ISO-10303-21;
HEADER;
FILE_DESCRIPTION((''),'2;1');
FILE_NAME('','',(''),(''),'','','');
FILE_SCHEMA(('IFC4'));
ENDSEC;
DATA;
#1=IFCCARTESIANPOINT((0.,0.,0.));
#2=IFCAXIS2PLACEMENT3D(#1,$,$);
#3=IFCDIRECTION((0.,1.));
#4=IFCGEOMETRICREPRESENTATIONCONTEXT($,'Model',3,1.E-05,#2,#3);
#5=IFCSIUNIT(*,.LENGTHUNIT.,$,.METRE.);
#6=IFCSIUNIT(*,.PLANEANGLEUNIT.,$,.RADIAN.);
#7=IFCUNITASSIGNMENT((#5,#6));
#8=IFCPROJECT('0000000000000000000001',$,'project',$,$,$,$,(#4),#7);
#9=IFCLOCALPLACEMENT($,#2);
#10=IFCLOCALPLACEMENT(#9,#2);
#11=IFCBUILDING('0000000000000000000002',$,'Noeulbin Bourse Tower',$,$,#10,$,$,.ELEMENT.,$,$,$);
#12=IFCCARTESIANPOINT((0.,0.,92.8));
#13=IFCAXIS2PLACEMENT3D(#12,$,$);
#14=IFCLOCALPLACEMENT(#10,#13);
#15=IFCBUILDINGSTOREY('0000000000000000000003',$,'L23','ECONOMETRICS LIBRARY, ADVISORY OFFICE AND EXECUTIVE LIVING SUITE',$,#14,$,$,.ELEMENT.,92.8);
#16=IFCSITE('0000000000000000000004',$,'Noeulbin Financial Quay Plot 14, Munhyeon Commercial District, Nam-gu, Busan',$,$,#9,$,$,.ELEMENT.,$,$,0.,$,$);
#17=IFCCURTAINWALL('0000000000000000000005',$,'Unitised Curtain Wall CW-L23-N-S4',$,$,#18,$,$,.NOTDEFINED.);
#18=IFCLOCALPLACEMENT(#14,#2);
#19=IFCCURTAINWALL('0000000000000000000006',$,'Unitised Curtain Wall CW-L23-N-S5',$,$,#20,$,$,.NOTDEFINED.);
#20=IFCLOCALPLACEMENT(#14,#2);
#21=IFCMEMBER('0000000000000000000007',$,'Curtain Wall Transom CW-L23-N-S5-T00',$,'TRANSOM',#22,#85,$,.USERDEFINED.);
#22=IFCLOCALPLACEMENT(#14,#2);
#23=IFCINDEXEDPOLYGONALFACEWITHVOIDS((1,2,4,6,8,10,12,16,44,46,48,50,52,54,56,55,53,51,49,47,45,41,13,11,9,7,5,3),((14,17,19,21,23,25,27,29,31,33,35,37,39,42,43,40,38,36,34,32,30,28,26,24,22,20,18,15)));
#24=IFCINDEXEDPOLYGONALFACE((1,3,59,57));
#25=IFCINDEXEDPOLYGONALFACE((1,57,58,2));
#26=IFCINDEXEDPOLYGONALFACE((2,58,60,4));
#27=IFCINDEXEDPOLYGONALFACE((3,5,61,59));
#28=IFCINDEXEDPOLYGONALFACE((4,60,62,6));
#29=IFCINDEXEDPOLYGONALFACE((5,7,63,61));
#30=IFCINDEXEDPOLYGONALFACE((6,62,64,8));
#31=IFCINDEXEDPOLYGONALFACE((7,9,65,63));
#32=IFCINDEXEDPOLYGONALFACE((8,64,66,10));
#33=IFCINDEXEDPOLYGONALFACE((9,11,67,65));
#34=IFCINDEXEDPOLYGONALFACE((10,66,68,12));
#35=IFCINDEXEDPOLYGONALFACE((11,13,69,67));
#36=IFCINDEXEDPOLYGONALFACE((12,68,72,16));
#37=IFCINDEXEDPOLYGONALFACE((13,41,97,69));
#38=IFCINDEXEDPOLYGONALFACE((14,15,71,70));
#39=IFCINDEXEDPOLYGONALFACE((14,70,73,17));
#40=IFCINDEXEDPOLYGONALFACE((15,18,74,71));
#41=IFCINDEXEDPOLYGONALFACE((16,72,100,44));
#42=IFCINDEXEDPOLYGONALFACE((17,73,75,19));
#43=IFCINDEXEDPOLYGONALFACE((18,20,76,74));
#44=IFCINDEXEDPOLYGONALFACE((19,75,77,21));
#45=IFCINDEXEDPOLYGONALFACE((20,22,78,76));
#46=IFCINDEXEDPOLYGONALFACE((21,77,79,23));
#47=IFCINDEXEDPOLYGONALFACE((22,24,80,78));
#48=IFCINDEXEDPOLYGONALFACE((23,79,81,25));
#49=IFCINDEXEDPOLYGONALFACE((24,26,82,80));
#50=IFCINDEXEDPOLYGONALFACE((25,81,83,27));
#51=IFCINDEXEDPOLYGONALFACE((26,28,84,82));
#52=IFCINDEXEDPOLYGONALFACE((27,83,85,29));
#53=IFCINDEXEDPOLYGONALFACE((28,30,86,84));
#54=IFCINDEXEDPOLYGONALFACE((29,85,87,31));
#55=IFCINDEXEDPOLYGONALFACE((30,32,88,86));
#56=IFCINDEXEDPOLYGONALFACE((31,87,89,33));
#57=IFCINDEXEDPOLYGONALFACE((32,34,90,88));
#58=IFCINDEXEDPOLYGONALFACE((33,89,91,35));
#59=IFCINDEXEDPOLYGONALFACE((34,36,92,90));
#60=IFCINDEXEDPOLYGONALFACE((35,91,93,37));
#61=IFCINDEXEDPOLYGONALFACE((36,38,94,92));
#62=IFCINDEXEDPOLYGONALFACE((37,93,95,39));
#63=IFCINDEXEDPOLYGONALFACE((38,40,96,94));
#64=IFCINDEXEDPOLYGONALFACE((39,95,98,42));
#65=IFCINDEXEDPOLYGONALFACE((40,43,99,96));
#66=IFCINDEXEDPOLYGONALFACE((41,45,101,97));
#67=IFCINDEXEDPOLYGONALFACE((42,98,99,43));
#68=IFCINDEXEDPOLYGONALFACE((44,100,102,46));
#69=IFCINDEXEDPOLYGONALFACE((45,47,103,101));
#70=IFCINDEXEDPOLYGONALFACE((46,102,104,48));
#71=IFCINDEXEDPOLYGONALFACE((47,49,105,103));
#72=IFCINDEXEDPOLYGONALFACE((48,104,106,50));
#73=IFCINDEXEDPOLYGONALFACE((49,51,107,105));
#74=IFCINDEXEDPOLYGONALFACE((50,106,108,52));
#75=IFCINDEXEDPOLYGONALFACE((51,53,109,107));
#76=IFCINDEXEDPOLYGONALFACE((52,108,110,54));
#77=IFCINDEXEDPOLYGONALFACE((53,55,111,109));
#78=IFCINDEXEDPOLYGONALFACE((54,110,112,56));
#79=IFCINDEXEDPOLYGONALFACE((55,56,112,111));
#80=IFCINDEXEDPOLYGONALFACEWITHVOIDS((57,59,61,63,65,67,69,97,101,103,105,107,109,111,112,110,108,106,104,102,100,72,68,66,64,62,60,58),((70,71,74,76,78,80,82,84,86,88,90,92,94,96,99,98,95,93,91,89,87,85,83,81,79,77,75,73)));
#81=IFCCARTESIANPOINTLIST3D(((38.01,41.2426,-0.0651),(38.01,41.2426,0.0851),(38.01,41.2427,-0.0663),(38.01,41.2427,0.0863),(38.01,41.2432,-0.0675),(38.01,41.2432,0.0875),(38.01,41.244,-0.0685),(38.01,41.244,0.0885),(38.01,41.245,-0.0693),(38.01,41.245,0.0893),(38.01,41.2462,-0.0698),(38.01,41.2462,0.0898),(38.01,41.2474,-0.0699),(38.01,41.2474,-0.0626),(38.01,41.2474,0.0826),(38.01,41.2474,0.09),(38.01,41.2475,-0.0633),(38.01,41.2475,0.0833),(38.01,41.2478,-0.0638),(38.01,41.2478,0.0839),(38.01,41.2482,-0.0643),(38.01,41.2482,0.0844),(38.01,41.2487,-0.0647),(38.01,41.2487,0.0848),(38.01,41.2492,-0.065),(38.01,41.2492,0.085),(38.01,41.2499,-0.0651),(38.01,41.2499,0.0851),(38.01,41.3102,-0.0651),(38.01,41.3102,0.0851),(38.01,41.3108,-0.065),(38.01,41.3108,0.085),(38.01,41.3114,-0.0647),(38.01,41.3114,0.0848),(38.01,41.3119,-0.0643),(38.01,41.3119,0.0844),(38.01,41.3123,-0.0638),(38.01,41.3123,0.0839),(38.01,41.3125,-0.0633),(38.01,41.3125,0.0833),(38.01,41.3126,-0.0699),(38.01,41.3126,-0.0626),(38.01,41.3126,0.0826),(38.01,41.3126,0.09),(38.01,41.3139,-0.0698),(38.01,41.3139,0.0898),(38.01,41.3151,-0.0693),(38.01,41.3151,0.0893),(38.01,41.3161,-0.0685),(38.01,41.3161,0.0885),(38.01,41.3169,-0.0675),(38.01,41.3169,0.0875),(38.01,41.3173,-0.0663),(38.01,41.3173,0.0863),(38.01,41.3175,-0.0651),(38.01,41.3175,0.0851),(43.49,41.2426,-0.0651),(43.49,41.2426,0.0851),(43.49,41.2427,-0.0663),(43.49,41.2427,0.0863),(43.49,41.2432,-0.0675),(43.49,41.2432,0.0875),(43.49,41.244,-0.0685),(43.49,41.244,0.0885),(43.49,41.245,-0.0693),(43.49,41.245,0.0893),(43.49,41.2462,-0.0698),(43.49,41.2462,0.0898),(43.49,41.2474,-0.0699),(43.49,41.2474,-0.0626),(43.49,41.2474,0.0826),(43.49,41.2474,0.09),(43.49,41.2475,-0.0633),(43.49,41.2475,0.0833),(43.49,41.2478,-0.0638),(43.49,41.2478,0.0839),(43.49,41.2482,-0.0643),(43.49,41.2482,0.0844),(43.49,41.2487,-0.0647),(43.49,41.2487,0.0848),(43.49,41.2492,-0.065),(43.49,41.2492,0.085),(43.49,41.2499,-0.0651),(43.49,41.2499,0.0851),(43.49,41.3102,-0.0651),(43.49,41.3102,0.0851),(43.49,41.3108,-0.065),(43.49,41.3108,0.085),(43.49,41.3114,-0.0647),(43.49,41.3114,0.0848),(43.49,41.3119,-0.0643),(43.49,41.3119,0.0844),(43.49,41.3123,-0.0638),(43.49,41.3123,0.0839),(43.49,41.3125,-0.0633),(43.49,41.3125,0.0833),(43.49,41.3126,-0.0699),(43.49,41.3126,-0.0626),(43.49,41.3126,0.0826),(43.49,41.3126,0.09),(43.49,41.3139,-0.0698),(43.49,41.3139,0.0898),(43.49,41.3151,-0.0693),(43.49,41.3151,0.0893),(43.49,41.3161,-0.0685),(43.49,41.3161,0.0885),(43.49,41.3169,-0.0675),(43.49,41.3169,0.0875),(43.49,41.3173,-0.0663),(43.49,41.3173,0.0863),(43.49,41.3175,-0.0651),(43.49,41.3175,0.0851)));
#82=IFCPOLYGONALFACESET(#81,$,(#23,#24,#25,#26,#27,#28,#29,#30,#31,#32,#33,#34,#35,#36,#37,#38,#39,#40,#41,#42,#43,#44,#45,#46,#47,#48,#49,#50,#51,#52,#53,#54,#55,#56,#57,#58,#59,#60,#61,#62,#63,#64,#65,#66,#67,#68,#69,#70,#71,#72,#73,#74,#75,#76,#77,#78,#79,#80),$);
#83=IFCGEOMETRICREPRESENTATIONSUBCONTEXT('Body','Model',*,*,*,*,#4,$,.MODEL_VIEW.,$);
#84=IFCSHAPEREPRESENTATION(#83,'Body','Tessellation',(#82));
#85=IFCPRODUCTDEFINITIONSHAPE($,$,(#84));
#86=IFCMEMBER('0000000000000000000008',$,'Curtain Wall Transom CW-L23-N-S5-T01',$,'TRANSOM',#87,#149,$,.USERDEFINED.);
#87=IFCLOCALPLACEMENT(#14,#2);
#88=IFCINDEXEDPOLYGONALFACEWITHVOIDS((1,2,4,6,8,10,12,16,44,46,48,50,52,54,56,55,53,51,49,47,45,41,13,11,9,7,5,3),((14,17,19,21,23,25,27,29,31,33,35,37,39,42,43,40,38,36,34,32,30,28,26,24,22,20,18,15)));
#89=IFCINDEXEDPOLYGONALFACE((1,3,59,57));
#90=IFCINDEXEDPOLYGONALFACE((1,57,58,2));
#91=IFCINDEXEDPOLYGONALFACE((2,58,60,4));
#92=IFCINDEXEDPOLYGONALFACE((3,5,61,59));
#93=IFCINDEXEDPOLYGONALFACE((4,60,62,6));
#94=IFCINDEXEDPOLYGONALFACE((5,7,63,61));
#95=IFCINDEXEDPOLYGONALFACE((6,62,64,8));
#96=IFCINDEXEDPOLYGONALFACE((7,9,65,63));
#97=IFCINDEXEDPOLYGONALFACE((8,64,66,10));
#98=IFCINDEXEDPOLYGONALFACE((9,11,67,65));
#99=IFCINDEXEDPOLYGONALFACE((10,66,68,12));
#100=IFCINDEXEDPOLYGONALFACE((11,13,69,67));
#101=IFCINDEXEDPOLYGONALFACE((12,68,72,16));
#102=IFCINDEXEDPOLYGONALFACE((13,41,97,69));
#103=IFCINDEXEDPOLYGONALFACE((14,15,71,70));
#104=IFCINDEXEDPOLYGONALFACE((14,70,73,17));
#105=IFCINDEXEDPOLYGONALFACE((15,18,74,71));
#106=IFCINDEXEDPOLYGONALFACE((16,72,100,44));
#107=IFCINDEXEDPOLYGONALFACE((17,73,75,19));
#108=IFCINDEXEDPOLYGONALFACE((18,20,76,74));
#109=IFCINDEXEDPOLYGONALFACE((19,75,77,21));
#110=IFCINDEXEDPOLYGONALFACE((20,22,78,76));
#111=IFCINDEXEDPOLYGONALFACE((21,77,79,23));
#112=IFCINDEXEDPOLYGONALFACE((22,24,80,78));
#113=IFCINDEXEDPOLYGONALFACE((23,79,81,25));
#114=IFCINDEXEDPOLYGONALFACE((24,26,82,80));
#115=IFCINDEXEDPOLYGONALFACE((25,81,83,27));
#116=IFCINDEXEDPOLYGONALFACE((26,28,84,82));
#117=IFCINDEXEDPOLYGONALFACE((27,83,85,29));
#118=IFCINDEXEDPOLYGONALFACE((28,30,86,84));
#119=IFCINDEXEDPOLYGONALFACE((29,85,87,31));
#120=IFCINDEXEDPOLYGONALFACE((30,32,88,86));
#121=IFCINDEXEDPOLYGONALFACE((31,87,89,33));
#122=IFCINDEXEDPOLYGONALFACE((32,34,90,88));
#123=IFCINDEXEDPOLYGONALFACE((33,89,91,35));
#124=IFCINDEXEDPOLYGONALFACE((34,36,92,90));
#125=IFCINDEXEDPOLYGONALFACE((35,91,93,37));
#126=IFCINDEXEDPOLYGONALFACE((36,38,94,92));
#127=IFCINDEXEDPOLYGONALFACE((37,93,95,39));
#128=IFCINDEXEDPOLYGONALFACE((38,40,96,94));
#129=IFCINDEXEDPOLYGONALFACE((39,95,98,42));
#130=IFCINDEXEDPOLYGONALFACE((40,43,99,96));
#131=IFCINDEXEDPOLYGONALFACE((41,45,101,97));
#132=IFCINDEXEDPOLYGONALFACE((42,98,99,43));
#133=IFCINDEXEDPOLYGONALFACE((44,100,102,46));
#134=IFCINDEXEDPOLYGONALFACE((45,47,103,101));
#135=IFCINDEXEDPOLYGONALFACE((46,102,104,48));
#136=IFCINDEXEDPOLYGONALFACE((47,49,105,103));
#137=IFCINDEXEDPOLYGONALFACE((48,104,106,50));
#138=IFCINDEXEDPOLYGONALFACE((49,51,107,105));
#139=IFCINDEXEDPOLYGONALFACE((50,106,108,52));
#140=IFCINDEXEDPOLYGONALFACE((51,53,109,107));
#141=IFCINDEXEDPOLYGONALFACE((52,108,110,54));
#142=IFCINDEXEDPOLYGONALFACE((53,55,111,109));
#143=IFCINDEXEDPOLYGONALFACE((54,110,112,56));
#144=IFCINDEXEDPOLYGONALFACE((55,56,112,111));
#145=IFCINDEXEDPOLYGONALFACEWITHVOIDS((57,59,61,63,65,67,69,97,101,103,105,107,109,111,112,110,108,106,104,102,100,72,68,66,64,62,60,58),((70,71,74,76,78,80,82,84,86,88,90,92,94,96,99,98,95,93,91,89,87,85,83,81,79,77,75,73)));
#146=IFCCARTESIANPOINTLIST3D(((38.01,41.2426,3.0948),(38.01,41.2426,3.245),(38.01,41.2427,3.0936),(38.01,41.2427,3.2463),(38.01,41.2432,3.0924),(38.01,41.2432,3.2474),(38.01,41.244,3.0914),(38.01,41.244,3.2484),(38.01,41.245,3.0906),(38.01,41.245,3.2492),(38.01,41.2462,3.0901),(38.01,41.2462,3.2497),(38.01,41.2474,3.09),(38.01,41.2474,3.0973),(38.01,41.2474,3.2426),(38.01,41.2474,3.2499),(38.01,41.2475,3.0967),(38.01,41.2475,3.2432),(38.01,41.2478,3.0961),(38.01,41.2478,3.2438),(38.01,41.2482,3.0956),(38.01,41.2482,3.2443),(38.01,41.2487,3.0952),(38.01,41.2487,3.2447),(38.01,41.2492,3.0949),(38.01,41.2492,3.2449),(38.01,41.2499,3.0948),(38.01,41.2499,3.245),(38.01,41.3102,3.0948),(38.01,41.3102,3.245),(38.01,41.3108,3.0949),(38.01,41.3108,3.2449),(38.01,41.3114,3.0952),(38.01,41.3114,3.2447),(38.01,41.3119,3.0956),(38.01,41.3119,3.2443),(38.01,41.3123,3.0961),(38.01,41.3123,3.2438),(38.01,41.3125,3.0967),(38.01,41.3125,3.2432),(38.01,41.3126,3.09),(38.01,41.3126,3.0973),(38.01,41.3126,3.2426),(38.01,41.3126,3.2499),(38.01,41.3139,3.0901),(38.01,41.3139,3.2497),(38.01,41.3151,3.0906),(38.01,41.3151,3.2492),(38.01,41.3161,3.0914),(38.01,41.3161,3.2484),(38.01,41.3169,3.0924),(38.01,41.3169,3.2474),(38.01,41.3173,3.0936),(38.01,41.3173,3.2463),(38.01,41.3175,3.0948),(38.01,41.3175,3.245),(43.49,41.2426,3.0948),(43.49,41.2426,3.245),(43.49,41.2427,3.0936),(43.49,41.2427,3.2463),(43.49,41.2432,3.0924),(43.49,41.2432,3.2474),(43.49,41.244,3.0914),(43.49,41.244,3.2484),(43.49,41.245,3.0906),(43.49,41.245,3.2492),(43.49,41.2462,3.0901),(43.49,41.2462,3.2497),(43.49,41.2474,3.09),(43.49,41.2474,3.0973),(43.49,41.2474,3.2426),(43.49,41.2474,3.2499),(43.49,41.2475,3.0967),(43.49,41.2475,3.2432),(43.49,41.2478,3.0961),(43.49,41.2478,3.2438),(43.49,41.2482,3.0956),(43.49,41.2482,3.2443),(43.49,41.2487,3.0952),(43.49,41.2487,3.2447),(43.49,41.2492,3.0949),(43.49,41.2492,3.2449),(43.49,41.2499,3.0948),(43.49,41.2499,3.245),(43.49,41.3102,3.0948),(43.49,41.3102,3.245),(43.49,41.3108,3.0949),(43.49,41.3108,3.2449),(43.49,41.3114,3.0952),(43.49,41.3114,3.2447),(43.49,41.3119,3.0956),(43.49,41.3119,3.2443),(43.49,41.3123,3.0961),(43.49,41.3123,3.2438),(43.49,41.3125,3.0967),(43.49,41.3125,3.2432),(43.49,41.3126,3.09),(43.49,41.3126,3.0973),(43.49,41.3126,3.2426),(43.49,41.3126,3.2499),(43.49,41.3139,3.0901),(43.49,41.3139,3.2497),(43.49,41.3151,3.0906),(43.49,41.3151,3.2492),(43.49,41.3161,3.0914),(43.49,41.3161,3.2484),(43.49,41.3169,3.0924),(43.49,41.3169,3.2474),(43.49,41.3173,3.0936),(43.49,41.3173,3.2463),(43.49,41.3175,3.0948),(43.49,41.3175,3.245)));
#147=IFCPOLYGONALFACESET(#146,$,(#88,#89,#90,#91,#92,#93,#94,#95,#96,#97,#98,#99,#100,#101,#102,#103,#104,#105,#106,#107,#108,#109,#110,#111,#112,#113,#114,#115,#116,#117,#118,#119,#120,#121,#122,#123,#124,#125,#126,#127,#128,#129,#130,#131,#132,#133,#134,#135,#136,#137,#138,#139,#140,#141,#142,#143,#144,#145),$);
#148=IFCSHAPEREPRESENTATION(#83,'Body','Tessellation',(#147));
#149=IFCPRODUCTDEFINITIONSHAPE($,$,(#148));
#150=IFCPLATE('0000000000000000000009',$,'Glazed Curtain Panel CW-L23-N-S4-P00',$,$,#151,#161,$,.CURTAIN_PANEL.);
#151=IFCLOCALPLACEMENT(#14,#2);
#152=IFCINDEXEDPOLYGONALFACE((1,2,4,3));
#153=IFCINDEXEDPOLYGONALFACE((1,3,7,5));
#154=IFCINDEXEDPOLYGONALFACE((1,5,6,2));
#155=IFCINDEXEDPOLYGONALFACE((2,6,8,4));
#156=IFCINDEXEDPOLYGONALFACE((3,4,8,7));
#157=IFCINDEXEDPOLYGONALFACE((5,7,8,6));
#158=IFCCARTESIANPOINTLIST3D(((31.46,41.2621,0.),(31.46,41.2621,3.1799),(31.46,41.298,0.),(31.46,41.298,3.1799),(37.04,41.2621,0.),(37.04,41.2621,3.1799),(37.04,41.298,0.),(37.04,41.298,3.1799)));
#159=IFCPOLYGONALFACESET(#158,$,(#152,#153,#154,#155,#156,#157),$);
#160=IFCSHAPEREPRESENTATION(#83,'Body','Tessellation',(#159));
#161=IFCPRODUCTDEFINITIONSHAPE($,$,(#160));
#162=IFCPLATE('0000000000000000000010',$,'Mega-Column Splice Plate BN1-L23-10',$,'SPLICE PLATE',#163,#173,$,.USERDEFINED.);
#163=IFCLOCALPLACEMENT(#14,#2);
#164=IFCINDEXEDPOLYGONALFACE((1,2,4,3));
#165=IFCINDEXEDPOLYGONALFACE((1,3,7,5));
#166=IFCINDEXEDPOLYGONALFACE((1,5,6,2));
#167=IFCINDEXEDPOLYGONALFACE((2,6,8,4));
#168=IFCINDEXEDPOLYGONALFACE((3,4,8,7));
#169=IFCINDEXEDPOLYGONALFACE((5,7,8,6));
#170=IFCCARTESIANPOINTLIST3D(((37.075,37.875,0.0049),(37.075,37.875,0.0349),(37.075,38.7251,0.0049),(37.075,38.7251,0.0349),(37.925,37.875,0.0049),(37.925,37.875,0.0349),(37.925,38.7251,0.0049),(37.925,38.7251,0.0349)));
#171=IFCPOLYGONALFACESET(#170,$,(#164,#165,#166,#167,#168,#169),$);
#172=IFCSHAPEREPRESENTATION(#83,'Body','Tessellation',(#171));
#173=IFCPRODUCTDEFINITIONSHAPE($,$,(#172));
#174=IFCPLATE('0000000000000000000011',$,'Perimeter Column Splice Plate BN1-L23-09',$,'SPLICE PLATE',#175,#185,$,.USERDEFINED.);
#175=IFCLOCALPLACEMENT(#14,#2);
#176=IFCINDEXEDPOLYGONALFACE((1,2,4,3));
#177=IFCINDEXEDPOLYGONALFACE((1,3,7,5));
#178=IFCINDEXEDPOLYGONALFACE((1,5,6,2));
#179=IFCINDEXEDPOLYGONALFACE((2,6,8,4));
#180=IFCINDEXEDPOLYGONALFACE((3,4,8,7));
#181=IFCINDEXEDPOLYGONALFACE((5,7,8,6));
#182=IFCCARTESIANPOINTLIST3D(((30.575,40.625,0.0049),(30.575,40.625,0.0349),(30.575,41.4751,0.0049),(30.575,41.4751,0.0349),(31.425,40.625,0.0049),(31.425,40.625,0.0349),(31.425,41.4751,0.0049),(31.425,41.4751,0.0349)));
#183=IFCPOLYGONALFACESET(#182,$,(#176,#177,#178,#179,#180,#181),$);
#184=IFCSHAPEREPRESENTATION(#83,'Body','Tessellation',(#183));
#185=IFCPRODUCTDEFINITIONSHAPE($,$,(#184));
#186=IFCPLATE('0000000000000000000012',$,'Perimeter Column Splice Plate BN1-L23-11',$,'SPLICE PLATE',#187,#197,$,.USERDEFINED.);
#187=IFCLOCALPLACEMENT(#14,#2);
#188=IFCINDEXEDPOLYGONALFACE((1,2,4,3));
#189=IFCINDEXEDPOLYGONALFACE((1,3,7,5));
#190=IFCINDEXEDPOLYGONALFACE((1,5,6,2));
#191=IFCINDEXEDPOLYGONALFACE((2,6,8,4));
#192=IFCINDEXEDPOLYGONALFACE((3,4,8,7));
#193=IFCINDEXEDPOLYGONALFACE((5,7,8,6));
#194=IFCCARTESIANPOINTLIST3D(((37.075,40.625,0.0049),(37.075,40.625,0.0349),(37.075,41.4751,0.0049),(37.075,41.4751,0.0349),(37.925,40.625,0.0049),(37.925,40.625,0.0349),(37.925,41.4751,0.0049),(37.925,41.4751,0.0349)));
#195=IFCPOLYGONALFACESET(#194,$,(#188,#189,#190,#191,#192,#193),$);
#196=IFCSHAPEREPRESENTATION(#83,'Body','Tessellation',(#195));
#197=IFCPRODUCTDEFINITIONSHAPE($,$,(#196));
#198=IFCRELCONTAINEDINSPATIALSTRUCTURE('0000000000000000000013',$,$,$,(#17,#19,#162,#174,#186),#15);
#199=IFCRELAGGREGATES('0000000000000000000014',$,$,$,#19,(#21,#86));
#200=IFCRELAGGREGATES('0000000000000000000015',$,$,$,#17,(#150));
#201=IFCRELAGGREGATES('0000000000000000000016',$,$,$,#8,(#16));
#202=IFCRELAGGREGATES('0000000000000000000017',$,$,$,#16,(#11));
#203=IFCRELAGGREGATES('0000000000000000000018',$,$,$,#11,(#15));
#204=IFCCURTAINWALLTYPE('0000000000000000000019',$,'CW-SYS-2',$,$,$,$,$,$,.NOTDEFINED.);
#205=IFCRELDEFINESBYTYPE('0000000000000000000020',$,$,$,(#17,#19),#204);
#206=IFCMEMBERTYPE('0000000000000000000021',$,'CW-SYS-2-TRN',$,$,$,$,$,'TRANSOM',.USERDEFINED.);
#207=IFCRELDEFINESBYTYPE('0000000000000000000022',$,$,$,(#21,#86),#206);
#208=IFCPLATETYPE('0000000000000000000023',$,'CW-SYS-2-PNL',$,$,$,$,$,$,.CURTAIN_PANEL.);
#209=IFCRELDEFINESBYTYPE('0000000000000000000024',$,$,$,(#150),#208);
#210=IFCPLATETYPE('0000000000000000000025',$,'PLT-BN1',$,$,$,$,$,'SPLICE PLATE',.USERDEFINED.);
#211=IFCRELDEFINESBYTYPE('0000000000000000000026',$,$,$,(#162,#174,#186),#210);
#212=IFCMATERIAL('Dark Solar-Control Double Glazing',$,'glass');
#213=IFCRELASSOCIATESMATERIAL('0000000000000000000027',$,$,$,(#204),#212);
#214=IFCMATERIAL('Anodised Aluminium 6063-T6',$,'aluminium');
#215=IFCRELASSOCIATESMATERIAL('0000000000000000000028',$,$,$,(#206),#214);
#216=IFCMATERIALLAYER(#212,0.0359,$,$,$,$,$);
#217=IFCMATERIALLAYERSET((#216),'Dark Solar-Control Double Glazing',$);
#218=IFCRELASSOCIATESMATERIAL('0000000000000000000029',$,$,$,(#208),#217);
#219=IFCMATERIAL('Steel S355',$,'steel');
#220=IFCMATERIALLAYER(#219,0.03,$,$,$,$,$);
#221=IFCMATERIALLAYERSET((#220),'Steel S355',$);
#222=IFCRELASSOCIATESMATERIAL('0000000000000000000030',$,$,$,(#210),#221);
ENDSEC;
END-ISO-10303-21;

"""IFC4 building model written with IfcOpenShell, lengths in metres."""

from ifc_helpers import new_model, si_unit, direction, frame, origin, origin_2d, place, context, subcontext, project, spatial, rectangle, hollow_rectangle, extrude, material, layer, layer_set, material_profile, profile_set, type_object, element, aggregate, save


model = new_model("IFC4")

# Units and contexts
model_context = context("Model", 3, precision=1e-05, world=origin(), true_north=direction((0.0, 1.0)))
body_context = subcontext(model_context, "Body", "Model", "MODEL_VIEW")
ifc_project = project(units=[si_unit("LENGTHUNIT", "METRE"), si_unit("PLANEANGLEUNIT", "RADIAN")], contexts=[model_context])

# Site, building, storey
site_placement = place(None, origin())
site = spatial("IfcSite", under=ifc_project, at=site_placement, Name="Noeulbin Financial Quay Plot 14, Munhyeon Commercial District, Nam-gu, Busan", CompositionType="ELEMENT", RefElevation=0.0)
building_placement = place(site_placement, origin())
building = spatial("IfcBuilding", under=site, at=building_placement, Name="Noeulbin Bourse Tower", CompositionType="ELEMENT")
storey_placement = place(building_placement, frame((0.0, 0.0, 92.8)))
storey = spatial("IfcBuildingStorey", under=building, at=storey_placement, Name="L23", Description="ECONOMETRICS LIBRARY, ADVISORY OFFICE AND EXECUTIVE LIVING SUITE", CompositionType="ELEMENT", Elevation=92.8)

# Shared definitions
ifc_material_1 = material(Name="Steel S355", Category="steel")

# Shared definitions
ifc_material_2 = material(Name="Dark Solar-Control Double Glazing", Category="glass")
curtain_wall_type = type_object("IfcCurtainWallType", Name="CW-SYS-2", PredefinedType="NOTDEFINED", material=ifc_material_2)
ifc_material_3 = material(Name="Anodised Aluminium 6063-T6", Category="aluminium")

# Curtain wall
curtain_wall_1_placement = place(storey_placement, origin())
curtain_wall_1 = element("IfcCurtainWall", 1, at=curtain_wall_1_placement, inside=storey, type_object=curtain_wall_type, Name="Unitised Curtain Wall CW-L23-N-S4", PredefinedType="NOTDEFINED")

# Curtain wall
curtain_wall_2_placement = place(storey_placement, origin())
curtain_wall_2 = element("IfcCurtainWall", 2, at=curtain_wall_2_placement, inside=storey, type_object=curtain_wall_type, Name="Unitised Curtain Wall CW-L23-N-S5", PredefinedType="NOTDEFINED")

# Members
ifc_material_profile_1 = material_profile(ifc_material_3, hollow_rectangle(XDim=0.075, YDim=0.1599, WallThickness=0.0049, InnerFilletRadius=0.0024, OuterFilletRadius=0.0049, at=origin_2d()), Name="ALU-TRAN-75x160x5", Category="LoadBearing")
ifc_profile_set_1 = profile_set([ifc_material_profile_1], Name="Anodised Aluminium 6063-T6")
member_type_1 = type_object("IfcMemberType", Name="CW-SYS-2-TRN", ElementType="TRANSOM", PredefinedType="USERDEFINED", material=ifc_profile_set_1)
member_1_placement = place(storey_placement, frame((38.01, 41.28, 0.01), z_axis=(1.0, 0.0, 0.0), x_axis=(0.0, 1.0, 0.0)))
member_1 = element("IfcMember", 3, at=member_1_placement, type_object=member_type_1, Name="Curtain Wall Transom CW-L23-N-S5-T00", ObjectType="TRANSOM", PredefinedType="USERDEFINED", context=body_context, shape_type="SweptSolid", body=[
    extrude(hollow_rectangle(XDim=0.075, YDim=0.1599, WallThickness=0.0049, InnerFilletRadius=0.0024, OuterFilletRadius=0.0049, at=origin_2d()), origin(), (0.0, 0.0, 1.0), 5.48),
])
member_2_placement = place(storey_placement, frame((38.01, 41.28, 3.1699), z_axis=(1.0, 0.0, 0.0), x_axis=(0.0, 1.0, 0.0)))
member_2 = element("IfcMember", 4, at=member_2_placement, type_object=member_type_1, Name="Curtain Wall Transom CW-L23-N-S5-T01", ObjectType="TRANSOM", PredefinedType="USERDEFINED", context=body_context, shape_type="SweptSolid", body=[
    extrude(hollow_rectangle(XDim=0.075, YDim=0.1599, WallThickness=0.0049, InnerFilletRadius=0.0024, OuterFilletRadius=0.0049, at=origin_2d()), origin(), (0.0, 0.0, 1.0), 5.48),
])
aggregate(curtain_wall_2, [member_1, member_2])

# Plate
ifc_layer_1 = layer(ifc_material_2, 0.0359)
ifc_layer_set_1 = layer_set([ifc_layer_1], Name="Dark Solar-Control Double Glazing")
plate_type_1 = type_object("IfcPlateType", Name="CW-SYS-2-PNL", PredefinedType="CURTAIN_PANEL", material=ifc_layer_set_1)
plate_placement = place(storey_placement, frame((34.25, 41.28, 0.0), z_axis=(0.0, 0.0, 1.0), x_axis=(1.0, 0.0, 0.0)))
plate = element("IfcPlate", 5, at=plate_placement, type_object=plate_type_1, Name="Glazed Curtain Panel CW-L23-N-S4-P00", PredefinedType="CURTAIN_PANEL", context=body_context, shape_type="SweptSolid", body=[
    extrude(rectangle(XDim=5.5801, YDim=0.0359, at=origin_2d()), origin(), (0.0, 0.0, 1.0), 3.1799),
])
aggregate(curtain_wall_1, [plate])

# Plates
ifc_layer_2 = layer(ifc_material_1, 0.03)
ifc_layer_set_2 = layer_set([ifc_layer_2], Name="Steel S355")
plate_type_2 = type_object("IfcPlateType", Name="PLT-BN1", ElementType="SPLICE PLATE", PredefinedType="USERDEFINED", material=ifc_layer_set_2)
for number, where, z_axis, x_axis, name in (
    (6, (37.5, 38.3, 0.0049), (0.0, 0.0, 1.0), (1.0, 0.0, 0.0), "Mega-Column Splice Plate BN1-L23-10"),
    (7, (31.0, 41.05, 0.0049), (0.0, 0.0, 1.0), (1.0, 0.0, 0.0), "Perimeter Column Splice Plate BN1-L23-09"),
    (8, (37.5, 41.05, 0.0049), (0.0, 0.0, 1.0), (1.0, 0.0, 0.0), "Perimeter Column Splice Plate BN1-L23-11"),
):
    element("IfcPlate", number, at=place(storey_placement, frame(where, z_axis=z_axis, x_axis=x_axis)), inside=storey, type_object=plate_type_2, Name=name, ObjectType="SPLICE PLATE", PredefinedType="USERDEFINED", context=body_context, shape_type="SweptSolid", body=[
        extrude(rectangle(XDim=0.8501, YDim=0.8501, at=origin_2d()), origin(), (0.0, 0.0, 1.0), 0.03),
    ])

save(model, "model.ifc")
